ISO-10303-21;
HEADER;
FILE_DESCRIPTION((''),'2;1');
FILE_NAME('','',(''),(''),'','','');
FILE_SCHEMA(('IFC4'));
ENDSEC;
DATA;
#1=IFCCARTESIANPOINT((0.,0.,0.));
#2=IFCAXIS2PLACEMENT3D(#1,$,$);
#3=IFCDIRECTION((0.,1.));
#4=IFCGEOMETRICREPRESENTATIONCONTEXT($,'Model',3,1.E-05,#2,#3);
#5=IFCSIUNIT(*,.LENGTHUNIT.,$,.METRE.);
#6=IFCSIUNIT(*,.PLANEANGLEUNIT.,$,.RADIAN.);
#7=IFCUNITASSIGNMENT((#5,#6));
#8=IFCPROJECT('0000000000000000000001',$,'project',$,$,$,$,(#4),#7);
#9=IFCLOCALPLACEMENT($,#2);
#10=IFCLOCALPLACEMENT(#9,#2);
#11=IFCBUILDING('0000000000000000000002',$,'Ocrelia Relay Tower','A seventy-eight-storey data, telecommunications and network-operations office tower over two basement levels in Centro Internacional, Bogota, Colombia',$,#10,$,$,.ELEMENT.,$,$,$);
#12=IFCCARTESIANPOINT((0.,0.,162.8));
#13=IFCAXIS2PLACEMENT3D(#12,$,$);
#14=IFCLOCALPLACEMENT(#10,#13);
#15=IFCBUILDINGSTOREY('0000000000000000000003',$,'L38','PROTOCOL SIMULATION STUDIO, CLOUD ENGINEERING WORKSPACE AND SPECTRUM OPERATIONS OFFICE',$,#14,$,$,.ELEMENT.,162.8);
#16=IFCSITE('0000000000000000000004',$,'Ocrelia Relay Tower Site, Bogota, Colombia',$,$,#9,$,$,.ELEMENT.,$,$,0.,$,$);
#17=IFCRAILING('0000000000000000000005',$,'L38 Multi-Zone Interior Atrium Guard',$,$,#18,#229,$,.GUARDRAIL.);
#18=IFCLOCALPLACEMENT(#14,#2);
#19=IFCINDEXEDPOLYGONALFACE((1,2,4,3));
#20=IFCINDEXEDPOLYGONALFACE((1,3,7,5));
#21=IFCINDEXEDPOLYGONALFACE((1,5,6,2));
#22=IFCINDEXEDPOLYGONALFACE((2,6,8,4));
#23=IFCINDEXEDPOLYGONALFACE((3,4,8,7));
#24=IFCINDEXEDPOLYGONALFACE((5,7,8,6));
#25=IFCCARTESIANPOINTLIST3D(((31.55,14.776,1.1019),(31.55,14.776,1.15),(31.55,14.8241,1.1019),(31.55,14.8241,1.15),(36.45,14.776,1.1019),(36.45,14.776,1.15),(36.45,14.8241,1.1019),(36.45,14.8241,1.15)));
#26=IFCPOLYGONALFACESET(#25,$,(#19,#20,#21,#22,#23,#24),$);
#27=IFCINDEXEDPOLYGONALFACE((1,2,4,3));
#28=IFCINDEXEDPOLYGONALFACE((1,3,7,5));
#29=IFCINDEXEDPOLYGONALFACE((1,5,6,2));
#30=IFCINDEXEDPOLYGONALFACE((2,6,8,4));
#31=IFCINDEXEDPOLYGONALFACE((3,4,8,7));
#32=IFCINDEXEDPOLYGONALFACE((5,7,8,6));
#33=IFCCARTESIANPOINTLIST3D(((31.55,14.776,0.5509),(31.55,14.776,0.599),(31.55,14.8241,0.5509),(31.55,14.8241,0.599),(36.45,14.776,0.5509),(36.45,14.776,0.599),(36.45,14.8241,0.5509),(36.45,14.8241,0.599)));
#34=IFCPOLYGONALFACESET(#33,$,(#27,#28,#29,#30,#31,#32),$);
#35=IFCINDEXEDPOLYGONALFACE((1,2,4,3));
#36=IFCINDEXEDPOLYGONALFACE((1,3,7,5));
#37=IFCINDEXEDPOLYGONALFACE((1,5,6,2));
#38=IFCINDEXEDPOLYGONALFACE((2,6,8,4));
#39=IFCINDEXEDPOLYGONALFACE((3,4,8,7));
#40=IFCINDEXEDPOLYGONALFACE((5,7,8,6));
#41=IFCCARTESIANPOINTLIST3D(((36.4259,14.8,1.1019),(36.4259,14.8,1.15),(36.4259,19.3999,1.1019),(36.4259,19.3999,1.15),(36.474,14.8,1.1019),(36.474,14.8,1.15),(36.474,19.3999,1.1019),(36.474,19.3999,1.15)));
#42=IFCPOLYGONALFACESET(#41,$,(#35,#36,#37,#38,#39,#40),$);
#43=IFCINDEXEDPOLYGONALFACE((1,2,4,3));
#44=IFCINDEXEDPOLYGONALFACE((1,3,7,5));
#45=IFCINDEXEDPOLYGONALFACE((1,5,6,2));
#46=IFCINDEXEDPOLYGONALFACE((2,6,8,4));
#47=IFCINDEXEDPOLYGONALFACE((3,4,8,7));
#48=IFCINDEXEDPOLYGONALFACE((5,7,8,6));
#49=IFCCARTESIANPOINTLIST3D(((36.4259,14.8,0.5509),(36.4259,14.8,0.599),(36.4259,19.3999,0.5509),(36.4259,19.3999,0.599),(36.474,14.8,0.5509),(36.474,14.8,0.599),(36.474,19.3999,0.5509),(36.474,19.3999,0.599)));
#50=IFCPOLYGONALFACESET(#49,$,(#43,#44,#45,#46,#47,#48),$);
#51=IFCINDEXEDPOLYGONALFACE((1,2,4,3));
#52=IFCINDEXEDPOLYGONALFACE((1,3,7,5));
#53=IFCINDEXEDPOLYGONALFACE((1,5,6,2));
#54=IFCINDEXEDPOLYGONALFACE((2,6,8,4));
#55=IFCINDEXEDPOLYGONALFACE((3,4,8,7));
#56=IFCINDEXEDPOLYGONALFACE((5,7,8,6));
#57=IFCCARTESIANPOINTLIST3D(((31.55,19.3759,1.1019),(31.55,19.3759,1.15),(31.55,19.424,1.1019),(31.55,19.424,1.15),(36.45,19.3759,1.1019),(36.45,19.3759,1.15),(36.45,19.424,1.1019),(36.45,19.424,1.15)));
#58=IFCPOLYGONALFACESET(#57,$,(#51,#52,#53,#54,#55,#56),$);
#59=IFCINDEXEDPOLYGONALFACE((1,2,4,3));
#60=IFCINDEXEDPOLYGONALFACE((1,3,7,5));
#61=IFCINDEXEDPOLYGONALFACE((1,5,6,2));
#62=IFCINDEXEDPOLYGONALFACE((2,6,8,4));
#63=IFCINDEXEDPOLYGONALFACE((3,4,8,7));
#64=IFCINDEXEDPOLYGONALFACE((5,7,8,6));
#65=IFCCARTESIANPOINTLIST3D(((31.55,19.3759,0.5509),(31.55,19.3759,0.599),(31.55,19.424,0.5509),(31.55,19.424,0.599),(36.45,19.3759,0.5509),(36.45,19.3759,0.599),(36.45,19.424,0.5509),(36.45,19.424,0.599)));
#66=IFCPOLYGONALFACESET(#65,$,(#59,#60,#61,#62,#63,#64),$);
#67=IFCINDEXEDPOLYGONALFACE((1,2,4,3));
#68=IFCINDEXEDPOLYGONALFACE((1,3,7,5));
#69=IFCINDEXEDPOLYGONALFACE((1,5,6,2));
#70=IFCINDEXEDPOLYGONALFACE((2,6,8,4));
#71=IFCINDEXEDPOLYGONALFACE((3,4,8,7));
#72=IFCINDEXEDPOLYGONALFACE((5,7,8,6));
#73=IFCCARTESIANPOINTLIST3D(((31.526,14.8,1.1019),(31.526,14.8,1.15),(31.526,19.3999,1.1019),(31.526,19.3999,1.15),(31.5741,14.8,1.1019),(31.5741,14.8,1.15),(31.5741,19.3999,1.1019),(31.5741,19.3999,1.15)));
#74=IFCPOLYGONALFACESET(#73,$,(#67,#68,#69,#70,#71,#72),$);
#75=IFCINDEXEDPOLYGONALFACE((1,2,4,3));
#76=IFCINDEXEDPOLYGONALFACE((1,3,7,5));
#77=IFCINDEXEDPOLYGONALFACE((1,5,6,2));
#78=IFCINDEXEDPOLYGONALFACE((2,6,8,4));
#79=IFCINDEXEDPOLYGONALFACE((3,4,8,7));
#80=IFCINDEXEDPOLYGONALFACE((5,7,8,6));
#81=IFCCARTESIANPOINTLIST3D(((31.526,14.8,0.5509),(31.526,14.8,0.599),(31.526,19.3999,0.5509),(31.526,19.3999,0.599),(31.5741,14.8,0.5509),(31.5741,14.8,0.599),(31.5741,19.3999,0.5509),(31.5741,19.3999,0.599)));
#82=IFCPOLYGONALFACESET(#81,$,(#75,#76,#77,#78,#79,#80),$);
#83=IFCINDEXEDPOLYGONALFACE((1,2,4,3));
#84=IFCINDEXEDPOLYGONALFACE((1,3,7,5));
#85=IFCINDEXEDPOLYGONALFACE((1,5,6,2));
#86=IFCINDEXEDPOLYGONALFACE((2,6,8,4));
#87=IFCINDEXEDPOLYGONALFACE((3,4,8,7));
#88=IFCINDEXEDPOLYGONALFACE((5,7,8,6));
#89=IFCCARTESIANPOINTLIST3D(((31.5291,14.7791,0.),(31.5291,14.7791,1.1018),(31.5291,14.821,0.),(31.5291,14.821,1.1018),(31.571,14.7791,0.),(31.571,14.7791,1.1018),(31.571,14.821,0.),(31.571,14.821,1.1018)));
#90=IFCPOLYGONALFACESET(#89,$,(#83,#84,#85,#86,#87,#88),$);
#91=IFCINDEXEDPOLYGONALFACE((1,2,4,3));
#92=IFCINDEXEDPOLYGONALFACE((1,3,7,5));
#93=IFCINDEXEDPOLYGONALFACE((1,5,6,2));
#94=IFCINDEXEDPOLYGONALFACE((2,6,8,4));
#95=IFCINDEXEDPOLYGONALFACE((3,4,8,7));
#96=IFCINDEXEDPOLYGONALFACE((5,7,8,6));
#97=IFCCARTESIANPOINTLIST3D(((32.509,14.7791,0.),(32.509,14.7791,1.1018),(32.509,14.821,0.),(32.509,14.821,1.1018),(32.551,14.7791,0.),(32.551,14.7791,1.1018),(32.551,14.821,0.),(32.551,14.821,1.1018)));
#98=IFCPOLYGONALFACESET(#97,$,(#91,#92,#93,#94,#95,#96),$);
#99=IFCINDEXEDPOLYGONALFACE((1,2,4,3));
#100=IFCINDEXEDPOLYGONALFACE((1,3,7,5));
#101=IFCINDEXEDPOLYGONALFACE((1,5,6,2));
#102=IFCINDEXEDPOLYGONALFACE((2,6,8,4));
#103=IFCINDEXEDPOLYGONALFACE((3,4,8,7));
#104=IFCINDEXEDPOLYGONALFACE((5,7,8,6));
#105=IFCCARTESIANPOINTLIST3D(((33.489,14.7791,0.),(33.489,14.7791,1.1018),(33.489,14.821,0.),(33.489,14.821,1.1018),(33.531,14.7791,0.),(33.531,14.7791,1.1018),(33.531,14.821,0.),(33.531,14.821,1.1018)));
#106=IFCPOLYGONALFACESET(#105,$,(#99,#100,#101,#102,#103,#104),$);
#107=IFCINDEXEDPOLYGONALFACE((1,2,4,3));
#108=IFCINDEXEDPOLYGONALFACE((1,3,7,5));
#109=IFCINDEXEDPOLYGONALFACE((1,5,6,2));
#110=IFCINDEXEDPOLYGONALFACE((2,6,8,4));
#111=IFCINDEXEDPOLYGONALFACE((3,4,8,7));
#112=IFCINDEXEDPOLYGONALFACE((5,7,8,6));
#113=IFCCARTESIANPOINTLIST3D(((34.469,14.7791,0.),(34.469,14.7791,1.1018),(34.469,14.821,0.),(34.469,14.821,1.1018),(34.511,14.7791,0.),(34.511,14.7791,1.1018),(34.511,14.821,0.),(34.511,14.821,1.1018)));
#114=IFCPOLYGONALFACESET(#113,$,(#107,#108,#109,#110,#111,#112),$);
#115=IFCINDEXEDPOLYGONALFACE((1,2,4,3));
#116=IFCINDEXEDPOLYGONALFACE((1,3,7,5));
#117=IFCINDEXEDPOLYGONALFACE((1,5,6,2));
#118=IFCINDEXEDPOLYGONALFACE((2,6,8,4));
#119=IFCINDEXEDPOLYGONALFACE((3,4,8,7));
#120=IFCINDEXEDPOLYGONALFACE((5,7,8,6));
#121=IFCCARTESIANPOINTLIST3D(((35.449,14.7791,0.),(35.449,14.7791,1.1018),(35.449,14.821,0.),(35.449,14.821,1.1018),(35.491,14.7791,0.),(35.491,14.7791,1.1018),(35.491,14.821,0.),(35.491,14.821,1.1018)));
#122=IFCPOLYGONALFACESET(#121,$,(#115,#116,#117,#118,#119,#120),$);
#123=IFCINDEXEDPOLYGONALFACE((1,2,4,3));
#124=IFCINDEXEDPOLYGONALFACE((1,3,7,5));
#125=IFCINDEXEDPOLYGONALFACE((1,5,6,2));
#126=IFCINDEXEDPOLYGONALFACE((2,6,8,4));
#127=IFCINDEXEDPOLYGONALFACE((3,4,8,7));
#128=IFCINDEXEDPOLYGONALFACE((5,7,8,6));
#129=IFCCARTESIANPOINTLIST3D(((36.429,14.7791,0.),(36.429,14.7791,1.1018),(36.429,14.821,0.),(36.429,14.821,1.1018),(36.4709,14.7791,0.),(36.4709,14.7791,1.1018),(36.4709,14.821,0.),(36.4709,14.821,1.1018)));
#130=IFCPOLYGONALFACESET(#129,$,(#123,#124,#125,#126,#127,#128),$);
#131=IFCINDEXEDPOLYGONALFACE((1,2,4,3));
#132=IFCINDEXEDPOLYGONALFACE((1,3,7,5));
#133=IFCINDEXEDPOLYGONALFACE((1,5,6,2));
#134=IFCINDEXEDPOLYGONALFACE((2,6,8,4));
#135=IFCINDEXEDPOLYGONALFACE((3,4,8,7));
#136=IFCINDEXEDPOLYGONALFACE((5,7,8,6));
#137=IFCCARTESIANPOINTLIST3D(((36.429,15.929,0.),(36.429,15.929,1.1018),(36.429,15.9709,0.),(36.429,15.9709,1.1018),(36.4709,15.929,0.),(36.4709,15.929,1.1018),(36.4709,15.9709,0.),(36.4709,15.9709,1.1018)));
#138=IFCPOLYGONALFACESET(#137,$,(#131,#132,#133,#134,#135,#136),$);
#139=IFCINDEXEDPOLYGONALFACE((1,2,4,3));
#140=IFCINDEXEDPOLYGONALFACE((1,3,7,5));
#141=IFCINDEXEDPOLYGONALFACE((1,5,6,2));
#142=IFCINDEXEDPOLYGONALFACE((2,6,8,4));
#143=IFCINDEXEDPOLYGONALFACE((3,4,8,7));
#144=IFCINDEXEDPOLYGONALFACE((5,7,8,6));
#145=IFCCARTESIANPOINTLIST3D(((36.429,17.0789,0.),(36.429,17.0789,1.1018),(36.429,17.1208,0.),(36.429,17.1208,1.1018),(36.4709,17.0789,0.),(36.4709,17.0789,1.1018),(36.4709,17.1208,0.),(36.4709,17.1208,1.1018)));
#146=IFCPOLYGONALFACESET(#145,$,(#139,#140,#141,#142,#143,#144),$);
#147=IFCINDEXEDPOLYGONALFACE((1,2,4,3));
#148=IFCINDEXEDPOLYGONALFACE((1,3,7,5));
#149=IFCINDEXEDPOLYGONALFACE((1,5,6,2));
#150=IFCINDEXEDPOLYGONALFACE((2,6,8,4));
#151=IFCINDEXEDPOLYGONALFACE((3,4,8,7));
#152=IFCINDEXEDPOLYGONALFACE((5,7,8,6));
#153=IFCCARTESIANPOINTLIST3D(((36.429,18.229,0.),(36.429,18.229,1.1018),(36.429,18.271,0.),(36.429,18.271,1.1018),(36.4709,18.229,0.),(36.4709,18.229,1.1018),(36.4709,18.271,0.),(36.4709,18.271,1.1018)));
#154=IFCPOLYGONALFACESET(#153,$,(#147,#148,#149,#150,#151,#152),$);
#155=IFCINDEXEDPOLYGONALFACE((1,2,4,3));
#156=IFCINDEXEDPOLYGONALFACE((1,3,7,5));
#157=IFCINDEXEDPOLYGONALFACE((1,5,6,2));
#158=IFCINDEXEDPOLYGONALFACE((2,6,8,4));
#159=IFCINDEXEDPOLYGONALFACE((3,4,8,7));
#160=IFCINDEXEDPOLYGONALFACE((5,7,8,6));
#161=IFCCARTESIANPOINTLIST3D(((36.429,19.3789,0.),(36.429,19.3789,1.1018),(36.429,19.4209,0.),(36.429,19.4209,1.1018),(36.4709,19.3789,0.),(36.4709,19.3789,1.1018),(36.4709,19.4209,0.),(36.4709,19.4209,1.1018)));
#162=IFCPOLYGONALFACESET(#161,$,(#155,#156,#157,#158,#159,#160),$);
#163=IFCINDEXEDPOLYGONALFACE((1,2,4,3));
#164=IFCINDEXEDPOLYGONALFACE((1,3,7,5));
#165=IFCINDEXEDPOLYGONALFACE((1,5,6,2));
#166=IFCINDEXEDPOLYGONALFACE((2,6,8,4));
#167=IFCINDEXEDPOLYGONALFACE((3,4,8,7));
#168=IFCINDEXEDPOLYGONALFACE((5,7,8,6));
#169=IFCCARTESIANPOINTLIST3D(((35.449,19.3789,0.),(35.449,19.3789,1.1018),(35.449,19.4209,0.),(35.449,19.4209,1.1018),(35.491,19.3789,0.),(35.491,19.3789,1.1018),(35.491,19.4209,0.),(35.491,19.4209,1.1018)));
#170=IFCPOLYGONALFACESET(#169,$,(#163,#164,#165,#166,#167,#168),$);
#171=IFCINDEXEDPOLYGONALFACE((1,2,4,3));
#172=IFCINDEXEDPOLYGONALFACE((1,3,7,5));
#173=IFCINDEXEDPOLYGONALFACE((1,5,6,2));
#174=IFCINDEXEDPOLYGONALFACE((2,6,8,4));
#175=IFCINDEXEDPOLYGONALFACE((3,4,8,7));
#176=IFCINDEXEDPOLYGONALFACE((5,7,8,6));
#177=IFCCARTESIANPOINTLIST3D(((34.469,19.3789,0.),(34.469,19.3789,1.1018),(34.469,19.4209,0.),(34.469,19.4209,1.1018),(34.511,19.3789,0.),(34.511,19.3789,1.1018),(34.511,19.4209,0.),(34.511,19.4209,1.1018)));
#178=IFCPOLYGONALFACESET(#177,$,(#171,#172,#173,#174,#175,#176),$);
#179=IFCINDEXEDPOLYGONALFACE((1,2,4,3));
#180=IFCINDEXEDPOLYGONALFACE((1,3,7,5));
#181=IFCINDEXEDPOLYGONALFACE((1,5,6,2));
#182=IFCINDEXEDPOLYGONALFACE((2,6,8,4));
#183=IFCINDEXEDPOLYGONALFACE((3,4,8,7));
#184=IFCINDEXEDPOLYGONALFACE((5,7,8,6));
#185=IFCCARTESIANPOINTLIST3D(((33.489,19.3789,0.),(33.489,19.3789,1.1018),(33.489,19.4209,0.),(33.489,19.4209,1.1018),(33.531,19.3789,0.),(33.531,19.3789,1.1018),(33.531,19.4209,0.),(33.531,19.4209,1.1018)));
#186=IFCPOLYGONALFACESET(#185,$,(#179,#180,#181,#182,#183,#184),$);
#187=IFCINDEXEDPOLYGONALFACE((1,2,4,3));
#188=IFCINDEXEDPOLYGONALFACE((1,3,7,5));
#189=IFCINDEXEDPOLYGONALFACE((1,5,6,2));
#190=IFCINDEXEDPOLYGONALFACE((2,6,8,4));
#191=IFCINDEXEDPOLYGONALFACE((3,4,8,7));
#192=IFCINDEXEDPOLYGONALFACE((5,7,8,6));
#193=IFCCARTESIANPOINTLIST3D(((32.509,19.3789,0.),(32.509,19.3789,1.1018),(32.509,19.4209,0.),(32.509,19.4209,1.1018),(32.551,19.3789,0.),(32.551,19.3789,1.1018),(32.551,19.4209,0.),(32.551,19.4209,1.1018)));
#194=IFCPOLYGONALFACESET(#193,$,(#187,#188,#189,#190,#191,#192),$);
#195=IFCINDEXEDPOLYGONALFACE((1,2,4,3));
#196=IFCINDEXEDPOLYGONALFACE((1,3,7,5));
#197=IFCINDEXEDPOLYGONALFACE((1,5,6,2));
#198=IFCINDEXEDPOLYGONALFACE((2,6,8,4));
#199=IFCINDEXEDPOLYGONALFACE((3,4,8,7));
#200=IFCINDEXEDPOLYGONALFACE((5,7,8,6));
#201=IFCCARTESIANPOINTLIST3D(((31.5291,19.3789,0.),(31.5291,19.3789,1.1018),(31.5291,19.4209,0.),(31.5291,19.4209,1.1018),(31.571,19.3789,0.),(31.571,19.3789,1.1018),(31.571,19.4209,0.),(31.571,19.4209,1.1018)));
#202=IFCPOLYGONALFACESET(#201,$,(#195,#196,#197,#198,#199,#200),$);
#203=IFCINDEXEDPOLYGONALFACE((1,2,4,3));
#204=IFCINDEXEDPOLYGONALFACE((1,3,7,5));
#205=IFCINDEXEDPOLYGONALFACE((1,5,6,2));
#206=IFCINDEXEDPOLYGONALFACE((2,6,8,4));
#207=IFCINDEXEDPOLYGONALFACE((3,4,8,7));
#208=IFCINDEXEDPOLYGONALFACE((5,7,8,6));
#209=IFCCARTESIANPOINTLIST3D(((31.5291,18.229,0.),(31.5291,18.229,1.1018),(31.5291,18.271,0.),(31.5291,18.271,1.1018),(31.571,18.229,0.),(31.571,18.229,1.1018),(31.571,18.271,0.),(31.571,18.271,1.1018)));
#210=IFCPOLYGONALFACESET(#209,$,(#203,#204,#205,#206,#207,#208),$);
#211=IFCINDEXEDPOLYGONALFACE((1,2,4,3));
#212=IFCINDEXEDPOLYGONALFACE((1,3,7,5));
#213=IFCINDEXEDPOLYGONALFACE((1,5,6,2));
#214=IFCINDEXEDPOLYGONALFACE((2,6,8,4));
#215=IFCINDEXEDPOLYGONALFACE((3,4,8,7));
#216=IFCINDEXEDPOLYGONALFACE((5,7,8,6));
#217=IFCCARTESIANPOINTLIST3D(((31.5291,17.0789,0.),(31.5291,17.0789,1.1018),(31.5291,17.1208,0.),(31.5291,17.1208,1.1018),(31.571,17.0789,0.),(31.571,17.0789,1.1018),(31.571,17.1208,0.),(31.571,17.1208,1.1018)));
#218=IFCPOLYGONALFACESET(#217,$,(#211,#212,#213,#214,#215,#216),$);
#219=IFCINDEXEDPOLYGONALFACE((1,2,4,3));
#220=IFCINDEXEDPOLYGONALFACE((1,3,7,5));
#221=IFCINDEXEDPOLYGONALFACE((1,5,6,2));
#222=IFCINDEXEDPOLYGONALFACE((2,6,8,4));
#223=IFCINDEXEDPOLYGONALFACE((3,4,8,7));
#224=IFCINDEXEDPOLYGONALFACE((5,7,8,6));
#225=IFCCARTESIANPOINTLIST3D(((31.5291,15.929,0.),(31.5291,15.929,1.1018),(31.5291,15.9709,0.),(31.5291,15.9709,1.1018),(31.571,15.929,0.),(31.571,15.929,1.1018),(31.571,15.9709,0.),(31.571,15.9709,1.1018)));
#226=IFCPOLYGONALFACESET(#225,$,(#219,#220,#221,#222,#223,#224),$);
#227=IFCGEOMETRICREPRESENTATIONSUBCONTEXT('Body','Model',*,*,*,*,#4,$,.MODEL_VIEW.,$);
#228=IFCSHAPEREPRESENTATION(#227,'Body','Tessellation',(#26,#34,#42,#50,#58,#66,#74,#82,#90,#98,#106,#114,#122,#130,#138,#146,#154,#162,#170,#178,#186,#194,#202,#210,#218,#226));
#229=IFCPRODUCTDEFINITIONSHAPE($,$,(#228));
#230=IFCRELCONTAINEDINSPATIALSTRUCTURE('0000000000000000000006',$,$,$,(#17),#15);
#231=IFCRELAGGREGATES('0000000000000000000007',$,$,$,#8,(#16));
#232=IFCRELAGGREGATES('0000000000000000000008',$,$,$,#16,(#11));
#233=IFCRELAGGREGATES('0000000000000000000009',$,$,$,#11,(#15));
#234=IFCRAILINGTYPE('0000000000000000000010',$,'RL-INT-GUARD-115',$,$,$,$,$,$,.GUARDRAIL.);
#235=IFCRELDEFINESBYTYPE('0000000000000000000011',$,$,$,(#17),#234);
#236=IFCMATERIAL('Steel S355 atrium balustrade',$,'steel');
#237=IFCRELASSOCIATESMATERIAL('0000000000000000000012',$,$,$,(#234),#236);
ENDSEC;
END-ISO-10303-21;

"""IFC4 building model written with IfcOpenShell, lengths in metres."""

from ifc_helpers import new_model, si_unit, direction, frame, origin, origin_2d, place, context, subcontext, project, spatial, rectangle, extrude, material, type_object, element, save


model = new_model("IFC4")

# Units and contexts
model_context = context("Model", 3, precision=1e-05, world=origin(), true_north=direction((0.0, 1.0)))
body_context = subcontext(model_context, "Body", "Model", "MODEL_VIEW")
ifc_project = project(units=[si_unit("LENGTHUNIT", "METRE"), si_unit("PLANEANGLEUNIT", "RADIAN")], contexts=[model_context])

# Site, building, storey
site_placement = place(None, origin())
site = spatial("IfcSite", under=ifc_project, at=site_placement, Name="Ocrelia Relay Tower Site, Bogota, Colombia", CompositionType="ELEMENT", RefElevation=0.0)
building_placement = place(site_placement, origin())
building = spatial("IfcBuilding", under=site, at=building_placement, Name="Ocrelia Relay Tower", Description="A seventy-eight-storey data, telecommunications and network-operations office tower over two basement levels in Centro Internacional, Bogota, Colombia", CompositionType="ELEMENT")
storey_placement = place(building_placement, frame((0.0, 0.0, 162.8)))
storey = spatial("IfcBuildingStorey", under=building, at=storey_placement, Name="L38", Description="PROTOCOL SIMULATION STUDIO, CLOUD ENGINEERING WORKSPACE AND SPECTRUM OPERATIONS OFFICE", CompositionType="ELEMENT", Elevation=162.8)

# Railing
ifc_material_1 = material(Name="Steel S355 atrium balustrade", Category="steel")
railing_type_1 = type_object("IfcRailingType", Name="RL-INT-GUARD-115", PredefinedType="GUARDRAIL", material=ifc_material_1)
railing_1_placement = place(storey_placement, frame((31.55, 14.8, 0.0)))
element("IfcRailing", 1, at=railing_1_placement, inside=storey, type_object=railing_type_1, Name="L38 Multi-Zone Interior Atrium Guard", PredefinedType="GUARDRAIL", context=body_context, shape_type="SweptSolid", body=[
    extrude(rectangle(XDim=0.0481, YDim=0.0481, at=origin_2d()), frame((0.0, 0.0, 1.126), z_axis=(1.0, 0.0, 0.0), x_axis=(0.0, 1.0, 0.0)), (0.0, 0.0, 1.0), 4.8999),
    extrude(rectangle(XDim=0.0481, YDim=0.0481, at=origin_2d()), frame((0.0, 0.0, 0.575), z_axis=(1.0, 0.0, 0.0), x_axis=(0.0, 1.0, 0.0)), (0.0, 0.0, 1.0), 4.8999),
    extrude(rectangle(XDim=0.0481, YDim=0.0481, at=origin_2d()), frame((4.8999, 0.0, 1.126), z_axis=(0.0, 1.0, 0.0), x_axis=(-1.0, 0.0, 0.0)), (0.0, 0.0, 1.0), 4.5999),
    extrude(rectangle(XDim=0.0481, YDim=0.0481, at=origin_2d()), frame((4.8999, 0.0, 0.575), z_axis=(0.0, 1.0, 0.0), x_axis=(-1.0, 0.0, 0.0)), (0.0, 0.0, 1.0), 4.5999),
    extrude(rectangle(XDim=0.0481, YDim=0.0481, at=origin_2d()), frame((4.8999, 4.5999, 1.126), z_axis=(-1.0, 0.0, 0.0), x_axis=(0.0, -1.0, 0.0)), (0.0, 0.0, 1.0), 4.8999),
    extrude(rectangle(XDim=0.0481, YDim=0.0481, at=origin_2d()), frame((4.8999, 4.5999, 0.575), z_axis=(-1.0, 0.0, 0.0), x_axis=(0.0, -1.0, 0.0)), (0.0, 0.0, 1.0), 4.8999),
    extrude(rectangle(XDim=0.0481, YDim=0.0481, at=origin_2d()), frame((0.0, 4.5999, 1.126), z_axis=(0.0, -1.0, 0.0), x_axis=(1.0, 0.0, 0.0)), (0.0, 0.0, 1.0), 4.5999),
    extrude(rectangle(XDim=0.0481, YDim=0.0481, at=origin_2d()), frame((0.0, 4.5999, 0.575), z_axis=(0.0, -1.0, 0.0), x_axis=(1.0, 0.0, 0.0)), (0.0, 0.0, 1.0), 4.5999),
    extrude(rectangle(XDim=0.042, YDim=0.042, at=origin_2d()), origin(), (0.0, 0.0, 1.0), 1.1018),
    extrude(rectangle(XDim=0.042, YDim=0.042, at=origin_2d()), frame((0.98, 0.0, 0.0)), (0.0, 0.0, 1.0), 1.1018),
    extrude(rectangle(XDim=0.042, YDim=0.042, at=origin_2d()), frame((1.96, 0.0, 0.0)), (0.0, 0.0, 1.0), 1.1018),
    extrude(rectangle(XDim=0.042, YDim=0.042, at=origin_2d()), frame((2.9399, 0.0, 0.0)), (0.0, 0.0, 1.0), 1.1018),
    extrude(rectangle(XDim=0.042, YDim=0.042, at=origin_2d()), frame((3.9199, 0.0, 0.0)), (0.0, 0.0, 1.0), 1.1018),
    extrude(rectangle(XDim=0.042, YDim=0.042, at=origin_2d()), frame((4.8999, 0.0, 0.0)), (0.0, 0.0, 1.0), 1.1018),
    extrude(rectangle(XDim=0.042, YDim=0.042, at=origin_2d()), frame((4.8999, 1.1499, 0.0)), (0.0, 0.0, 1.0), 1.1018),
    extrude(rectangle(XDim=0.042, YDim=0.042, at=origin_2d()), frame((4.8999, 2.2998, 0.0)), (0.0, 0.0, 1.0), 1.1018),
    extrude(rectangle(XDim=0.042, YDim=0.042, at=origin_2d()), frame((4.8999, 3.45, 0.0)), (0.0, 0.0, 1.0), 1.1018),
    extrude(rectangle(XDim=0.042, YDim=0.042, at=origin_2d()), frame((4.8999, 4.5999, 0.0)), (0.0, 0.0, 1.0), 1.1018),
    extrude(rectangle(XDim=0.042, YDim=0.042, at=origin_2d()), frame((3.9199, 4.5999, 0.0)), (0.0, 0.0, 1.0), 1.1018),
    extrude(rectangle(XDim=0.042, YDim=0.042, at=origin_2d()), frame((2.9399, 4.5999, 0.0)), (0.0, 0.0, 1.0), 1.1018),
    extrude(rectangle(XDim=0.042, YDim=0.042, at=origin_2d()), frame((1.96, 4.5999, 0.0)), (0.0, 0.0, 1.0), 1.1018),
    extrude(rectangle(XDim=0.042, YDim=0.042, at=origin_2d()), frame((0.98, 4.5999, 0.0)), (0.0, 0.0, 1.0), 1.1018),
    extrude(rectangle(XDim=0.042, YDim=0.042, at=origin_2d()), frame((0.0, 4.5999, 0.0)), (0.0, 0.0, 1.0), 1.1018),
    extrude(rectangle(XDim=0.042, YDim=0.042, at=origin_2d()), frame((0.0, 3.45, 0.0)), (0.0, 0.0, 1.0), 1.1018),
    extrude(rectangle(XDim=0.042, YDim=0.042, at=origin_2d()), frame((0.0, 2.2998, 0.0)), (0.0, 0.0, 1.0), 1.1018),
    extrude(rectangle(XDim=0.042, YDim=0.042, at=origin_2d()), frame((0.0, 1.1499, 0.0)), (0.0, 0.0, 1.0), 1.1018),
])

save(model, "model.ifc")
